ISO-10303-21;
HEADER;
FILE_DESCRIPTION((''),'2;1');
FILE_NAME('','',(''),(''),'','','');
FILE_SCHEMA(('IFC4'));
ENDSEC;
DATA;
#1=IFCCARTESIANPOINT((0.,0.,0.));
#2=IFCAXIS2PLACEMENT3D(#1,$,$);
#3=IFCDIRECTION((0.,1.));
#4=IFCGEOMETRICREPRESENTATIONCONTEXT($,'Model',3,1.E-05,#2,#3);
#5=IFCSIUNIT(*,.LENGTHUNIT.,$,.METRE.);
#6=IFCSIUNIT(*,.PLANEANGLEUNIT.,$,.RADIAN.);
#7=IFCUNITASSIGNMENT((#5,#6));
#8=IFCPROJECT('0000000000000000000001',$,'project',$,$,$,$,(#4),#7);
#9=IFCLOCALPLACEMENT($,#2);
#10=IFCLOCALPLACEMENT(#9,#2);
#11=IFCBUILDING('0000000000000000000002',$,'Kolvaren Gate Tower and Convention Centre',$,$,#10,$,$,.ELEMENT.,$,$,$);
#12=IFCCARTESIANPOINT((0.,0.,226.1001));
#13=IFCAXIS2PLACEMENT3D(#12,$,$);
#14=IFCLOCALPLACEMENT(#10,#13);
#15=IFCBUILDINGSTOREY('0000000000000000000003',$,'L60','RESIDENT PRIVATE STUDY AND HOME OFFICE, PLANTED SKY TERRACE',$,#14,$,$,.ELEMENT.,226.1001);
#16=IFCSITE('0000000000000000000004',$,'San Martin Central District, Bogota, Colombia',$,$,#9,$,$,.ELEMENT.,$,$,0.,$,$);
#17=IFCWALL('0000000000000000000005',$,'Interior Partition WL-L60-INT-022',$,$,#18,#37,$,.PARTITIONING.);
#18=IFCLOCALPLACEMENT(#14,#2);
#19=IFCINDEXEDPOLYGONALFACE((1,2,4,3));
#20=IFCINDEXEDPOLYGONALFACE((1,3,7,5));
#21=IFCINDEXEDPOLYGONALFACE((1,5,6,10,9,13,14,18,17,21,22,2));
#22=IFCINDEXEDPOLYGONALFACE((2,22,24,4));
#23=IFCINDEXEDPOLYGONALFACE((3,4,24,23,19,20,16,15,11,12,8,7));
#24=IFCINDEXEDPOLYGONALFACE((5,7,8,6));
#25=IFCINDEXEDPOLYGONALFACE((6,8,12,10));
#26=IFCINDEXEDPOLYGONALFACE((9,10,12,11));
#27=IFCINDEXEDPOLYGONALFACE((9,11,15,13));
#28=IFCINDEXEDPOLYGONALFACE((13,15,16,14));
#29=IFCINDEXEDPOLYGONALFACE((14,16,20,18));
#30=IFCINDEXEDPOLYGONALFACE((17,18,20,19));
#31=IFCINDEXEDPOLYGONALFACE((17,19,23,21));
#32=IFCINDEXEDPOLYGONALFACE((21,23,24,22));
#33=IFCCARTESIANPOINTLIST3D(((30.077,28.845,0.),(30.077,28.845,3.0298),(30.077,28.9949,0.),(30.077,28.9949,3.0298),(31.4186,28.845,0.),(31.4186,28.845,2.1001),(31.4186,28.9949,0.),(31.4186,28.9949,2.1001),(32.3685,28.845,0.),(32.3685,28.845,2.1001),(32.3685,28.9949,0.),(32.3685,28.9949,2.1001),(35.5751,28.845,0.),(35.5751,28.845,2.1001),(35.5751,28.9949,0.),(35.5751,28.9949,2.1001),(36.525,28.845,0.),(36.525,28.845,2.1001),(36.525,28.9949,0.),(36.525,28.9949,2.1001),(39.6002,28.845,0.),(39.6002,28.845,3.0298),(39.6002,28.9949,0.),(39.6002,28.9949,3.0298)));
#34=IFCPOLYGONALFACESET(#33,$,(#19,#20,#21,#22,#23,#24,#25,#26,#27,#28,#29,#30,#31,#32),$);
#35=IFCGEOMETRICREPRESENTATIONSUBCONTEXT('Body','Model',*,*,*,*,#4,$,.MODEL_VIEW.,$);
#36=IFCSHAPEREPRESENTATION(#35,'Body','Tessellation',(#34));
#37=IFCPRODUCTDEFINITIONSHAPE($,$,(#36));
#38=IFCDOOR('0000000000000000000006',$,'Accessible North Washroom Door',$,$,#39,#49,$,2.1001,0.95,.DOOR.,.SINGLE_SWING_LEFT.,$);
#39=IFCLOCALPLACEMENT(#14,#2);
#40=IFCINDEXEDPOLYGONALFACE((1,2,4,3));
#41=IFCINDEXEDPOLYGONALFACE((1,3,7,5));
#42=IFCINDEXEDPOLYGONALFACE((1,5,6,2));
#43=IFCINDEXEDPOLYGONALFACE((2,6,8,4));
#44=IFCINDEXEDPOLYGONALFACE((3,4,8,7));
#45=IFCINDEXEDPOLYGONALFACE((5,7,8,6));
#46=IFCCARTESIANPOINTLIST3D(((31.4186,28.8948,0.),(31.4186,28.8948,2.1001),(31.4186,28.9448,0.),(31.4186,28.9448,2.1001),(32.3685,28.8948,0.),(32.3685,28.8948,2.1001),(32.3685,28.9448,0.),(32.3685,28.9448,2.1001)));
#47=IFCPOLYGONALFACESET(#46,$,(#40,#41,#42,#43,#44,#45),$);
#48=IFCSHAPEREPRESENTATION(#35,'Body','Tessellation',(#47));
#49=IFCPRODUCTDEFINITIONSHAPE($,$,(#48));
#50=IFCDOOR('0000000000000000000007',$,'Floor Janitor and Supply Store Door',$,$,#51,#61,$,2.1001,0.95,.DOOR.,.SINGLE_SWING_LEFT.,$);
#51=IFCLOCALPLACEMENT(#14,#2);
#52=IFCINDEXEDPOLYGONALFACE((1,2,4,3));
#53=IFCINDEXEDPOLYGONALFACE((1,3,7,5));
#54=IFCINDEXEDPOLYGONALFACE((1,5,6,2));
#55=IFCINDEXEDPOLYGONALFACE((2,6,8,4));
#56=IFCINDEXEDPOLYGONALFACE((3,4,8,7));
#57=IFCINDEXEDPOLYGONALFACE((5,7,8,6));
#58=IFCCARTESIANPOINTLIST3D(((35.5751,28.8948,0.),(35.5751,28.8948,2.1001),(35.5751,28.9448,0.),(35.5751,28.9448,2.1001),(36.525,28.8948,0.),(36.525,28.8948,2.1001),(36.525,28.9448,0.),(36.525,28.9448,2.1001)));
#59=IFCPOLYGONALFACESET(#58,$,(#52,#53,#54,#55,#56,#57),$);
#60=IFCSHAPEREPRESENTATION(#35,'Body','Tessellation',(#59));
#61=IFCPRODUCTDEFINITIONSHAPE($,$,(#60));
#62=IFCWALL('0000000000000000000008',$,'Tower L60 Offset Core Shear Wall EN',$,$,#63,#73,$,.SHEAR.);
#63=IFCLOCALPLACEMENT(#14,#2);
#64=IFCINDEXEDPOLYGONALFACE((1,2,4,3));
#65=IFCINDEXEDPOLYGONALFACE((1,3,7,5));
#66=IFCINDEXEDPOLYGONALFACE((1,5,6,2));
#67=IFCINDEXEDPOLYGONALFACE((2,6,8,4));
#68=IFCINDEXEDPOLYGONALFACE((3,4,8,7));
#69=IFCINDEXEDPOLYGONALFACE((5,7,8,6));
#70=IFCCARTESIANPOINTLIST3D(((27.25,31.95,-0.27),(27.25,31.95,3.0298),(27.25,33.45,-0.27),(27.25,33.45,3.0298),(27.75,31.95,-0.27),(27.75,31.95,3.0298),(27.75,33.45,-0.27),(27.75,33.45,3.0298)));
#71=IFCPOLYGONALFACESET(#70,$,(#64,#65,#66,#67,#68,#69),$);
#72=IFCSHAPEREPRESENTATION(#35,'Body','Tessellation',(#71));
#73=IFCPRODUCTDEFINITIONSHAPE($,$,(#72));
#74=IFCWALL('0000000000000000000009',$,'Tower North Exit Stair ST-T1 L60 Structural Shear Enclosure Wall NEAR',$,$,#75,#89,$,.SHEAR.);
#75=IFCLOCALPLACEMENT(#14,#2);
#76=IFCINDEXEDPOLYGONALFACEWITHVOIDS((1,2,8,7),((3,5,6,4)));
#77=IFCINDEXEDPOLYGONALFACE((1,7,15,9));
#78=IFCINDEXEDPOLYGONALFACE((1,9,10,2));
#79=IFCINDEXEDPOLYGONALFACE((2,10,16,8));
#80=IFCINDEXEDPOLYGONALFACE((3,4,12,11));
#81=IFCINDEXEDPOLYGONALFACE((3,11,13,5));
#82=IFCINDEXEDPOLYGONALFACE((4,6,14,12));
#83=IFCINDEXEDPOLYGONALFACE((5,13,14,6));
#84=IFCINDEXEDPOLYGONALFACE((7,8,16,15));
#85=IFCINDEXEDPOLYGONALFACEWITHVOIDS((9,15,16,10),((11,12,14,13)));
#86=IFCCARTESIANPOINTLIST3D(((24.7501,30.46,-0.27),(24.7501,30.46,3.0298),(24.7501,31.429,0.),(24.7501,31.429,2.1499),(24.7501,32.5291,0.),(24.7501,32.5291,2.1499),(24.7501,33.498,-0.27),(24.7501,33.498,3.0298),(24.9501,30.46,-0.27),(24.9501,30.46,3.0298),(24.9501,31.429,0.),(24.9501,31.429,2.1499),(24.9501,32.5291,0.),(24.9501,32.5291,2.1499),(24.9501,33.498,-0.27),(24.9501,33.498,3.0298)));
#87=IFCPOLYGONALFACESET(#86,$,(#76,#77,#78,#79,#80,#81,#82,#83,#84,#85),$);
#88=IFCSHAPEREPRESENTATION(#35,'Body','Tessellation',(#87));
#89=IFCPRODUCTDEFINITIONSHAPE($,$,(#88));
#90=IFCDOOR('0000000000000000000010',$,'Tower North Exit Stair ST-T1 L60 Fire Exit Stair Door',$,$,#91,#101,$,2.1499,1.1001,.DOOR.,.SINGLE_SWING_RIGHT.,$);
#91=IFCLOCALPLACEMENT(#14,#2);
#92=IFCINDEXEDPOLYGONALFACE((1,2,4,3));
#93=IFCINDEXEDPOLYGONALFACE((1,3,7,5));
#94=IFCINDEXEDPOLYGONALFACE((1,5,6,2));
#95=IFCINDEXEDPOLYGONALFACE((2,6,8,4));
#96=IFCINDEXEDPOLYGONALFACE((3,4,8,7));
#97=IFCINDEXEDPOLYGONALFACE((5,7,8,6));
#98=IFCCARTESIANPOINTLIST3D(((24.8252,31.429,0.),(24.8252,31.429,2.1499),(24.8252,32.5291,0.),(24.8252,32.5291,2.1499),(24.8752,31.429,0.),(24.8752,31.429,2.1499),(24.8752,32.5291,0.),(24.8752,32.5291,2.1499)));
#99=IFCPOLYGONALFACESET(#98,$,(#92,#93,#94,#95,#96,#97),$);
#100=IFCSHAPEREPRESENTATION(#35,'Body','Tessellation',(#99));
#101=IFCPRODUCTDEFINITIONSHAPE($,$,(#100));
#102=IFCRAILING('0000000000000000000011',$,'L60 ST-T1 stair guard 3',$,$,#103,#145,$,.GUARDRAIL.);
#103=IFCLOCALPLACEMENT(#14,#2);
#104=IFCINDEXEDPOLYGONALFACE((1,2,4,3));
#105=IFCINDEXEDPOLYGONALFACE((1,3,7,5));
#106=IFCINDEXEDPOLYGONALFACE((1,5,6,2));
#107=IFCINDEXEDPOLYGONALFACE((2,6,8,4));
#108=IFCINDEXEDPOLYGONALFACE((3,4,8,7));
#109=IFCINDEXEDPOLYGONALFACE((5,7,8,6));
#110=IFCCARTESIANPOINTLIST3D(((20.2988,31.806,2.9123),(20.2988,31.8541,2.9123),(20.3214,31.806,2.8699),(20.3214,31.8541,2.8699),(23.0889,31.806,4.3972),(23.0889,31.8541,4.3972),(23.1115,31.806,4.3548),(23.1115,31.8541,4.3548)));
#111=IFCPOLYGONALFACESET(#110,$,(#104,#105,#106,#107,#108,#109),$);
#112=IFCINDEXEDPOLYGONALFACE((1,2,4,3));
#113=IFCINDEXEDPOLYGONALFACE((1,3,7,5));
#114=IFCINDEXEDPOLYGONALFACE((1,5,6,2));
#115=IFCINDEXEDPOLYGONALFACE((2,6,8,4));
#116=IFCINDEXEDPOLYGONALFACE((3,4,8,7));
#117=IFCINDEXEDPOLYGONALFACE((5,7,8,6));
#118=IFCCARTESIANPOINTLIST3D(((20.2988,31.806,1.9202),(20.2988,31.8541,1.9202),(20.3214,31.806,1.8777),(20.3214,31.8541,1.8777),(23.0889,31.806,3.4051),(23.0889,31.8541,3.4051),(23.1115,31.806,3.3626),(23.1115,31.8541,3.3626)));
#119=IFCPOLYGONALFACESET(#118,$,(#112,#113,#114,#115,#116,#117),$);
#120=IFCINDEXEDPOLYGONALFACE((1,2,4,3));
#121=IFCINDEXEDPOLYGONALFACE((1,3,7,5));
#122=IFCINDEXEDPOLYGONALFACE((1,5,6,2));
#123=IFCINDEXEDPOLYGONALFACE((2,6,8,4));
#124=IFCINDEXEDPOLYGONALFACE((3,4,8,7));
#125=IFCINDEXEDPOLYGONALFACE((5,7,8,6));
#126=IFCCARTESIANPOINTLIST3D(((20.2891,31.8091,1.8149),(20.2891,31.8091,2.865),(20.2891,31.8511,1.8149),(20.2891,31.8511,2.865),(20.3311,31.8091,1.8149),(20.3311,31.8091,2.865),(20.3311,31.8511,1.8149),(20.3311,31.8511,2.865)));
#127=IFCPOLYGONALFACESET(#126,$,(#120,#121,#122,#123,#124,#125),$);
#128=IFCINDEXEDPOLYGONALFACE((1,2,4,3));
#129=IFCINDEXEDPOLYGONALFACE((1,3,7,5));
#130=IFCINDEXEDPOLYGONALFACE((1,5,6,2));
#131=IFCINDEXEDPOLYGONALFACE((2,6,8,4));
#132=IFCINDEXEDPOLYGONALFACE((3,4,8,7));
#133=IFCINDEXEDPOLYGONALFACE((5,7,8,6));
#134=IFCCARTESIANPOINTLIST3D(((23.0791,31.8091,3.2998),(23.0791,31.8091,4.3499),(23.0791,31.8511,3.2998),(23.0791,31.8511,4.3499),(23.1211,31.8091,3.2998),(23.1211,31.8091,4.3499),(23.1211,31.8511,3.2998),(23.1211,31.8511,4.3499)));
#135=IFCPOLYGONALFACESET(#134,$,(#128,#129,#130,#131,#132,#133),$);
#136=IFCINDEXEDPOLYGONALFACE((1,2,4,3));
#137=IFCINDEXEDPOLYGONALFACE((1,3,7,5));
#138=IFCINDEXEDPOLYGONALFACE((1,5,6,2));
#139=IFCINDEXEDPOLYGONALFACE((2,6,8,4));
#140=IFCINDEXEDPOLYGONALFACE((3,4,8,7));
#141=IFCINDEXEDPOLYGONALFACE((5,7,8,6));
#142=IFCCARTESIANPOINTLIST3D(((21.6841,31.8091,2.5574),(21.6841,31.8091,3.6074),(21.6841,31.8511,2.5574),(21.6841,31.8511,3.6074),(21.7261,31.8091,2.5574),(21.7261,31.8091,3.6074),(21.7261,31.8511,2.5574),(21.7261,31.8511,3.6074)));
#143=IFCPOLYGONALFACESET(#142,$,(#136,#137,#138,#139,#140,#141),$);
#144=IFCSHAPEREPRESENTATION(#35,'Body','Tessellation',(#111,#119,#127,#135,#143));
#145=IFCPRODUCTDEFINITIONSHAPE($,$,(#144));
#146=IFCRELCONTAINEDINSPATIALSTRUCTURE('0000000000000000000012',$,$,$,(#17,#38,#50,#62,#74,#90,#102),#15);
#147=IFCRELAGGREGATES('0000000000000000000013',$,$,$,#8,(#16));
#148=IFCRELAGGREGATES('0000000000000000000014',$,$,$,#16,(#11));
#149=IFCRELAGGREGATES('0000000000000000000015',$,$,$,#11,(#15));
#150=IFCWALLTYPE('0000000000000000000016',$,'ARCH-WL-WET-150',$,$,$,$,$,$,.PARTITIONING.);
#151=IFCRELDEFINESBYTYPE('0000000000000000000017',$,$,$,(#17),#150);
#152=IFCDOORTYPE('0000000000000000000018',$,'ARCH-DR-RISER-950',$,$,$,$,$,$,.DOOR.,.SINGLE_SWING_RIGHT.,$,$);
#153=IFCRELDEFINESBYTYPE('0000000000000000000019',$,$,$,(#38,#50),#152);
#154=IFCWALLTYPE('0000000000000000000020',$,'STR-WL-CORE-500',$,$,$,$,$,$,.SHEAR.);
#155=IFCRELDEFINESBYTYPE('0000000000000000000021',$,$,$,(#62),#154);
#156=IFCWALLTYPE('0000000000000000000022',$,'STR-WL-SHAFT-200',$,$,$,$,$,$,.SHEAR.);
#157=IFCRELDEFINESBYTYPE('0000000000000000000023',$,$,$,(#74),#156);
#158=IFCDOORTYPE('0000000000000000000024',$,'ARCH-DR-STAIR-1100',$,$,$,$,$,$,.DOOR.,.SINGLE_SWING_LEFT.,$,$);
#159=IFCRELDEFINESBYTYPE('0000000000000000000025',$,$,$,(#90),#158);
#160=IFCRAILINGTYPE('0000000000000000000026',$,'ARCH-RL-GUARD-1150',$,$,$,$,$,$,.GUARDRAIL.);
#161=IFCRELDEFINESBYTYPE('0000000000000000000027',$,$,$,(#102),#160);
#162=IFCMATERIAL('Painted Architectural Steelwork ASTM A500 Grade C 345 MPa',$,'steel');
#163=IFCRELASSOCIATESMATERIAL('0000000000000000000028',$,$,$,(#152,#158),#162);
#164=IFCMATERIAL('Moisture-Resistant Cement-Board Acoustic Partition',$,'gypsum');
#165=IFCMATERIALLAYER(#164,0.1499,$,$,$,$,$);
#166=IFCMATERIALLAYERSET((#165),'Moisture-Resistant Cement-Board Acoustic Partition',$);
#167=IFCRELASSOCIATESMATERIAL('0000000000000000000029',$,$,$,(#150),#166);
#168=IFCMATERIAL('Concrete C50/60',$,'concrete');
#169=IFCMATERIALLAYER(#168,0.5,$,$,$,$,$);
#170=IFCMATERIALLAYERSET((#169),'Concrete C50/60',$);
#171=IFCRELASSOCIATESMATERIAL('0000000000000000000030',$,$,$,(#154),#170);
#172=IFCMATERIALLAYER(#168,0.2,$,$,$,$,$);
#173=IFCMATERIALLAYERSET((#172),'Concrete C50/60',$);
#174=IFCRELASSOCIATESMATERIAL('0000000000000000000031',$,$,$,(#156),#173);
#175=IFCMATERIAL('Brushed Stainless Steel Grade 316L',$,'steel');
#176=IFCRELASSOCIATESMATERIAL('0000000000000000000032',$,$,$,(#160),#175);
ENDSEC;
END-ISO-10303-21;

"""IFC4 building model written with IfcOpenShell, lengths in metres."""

from ifc_helpers import new_model, si_unit, direction, frame, frame_2d, origin, origin_2d, place, context, subcontext, project, spatial, rectangle, extrude, material, layer, layer_set, type_object, element, fill, save


model = new_model("IFC4")

# Units and contexts
model_context = context("Model", 3, precision=1e-05, world=origin(), true_north=direction((0.0, 1.0)))
body_context = subcontext(model_context, "Body", "Model", "MODEL_VIEW")
ifc_project = project(units=[si_unit("LENGTHUNIT", "METRE"), si_unit("PLANEANGLEUNIT", "RADIAN")], contexts=[model_context])

# Site, building, storey
site_placement = place(None, origin())
site = spatial("IfcSite", under=ifc_project, at=site_placement, Name="San Martin Central District, Bogota, Colombia", CompositionType="ELEMENT", RefElevation=0.0)
building_placement = place(site_placement, origin())
building = spatial("IfcBuilding", under=site, at=building_placement, Name="Kolvaren Gate Tower and Convention Centre", CompositionType="ELEMENT")
storey_placement = place(building_placement, frame((0.0, 0.0, 226.1001)))
storey = spatial("IfcBuildingStorey", under=building, at=storey_placement, Name="L60", Description="RESIDENT PRIVATE STUDY AND HOME OFFICE, PLANTED SKY TERRACE", CompositionType="ELEMENT", Elevation=226.1001)

# Shared definitions
ifc_material_1 = material(Name="Painted Architectural Steelwork ASTM A500 Grade C 345 MPa", Category="steel")
door_type_1 = type_object("IfcDoorType", Name="ARCH-DR-RISER-950", OperationType="SINGLE_SWING_RIGHT", PredefinedType="DOOR", material=ifc_material_1)

# Shared definitions
ifc_material_2 = material(Name="Brushed Stainless Steel Grade 316L", Category="steel")

# Shared definitions
ifc_material_3 = material(Name="Moisture-Resistant Cement-Board Acoustic Partition", Category="gypsum")
ifc_layer_1 = layer(ifc_material_3, 0.1499)
ifc_layer_set_1 = layer_set([ifc_layer_1], Name="Moisture-Resistant Cement-Board Acoustic Partition")
wall_type_1 = type_object("IfcWallType", Name="ARCH-WL-WET-150", PredefinedType="PARTITIONING", material=ifc_layer_set_1)

# Wall, openings, doors
wall_1_placement = place(storey_placement, frame((30.0769, 28.9199, 0.0), z_axis=(0.0, 0.0, 1.0), x_axis=(1.0, 0.0, 0.0)))
wall_1 = element("IfcWall", 1, at=wall_1_placement, inside=storey, type_object=wall_type_1, Name="Interior Partition WL-L60-INT-022", PredefinedType="PARTITIONING", context=body_context, shape_type="SweptSolid", body=[
    extrude(rectangle(XDim=9.5232, YDim=0.1499, at=frame_2d((4.7617, 0.0))), origin(), (0.0, 0.0, 1.0), 3.0298),
])
opening_1_placement = place(wall_1_placement, frame((1.3416, 0.0, 0.0)))
opening_1 = element("IfcOpeningElement", 2, at=opening_1_placement, cuts=wall_1, PredefinedType="OPENING", context=body_context, shape_type="SweptSolid", body=[
    extrude(rectangle(XDim=0.95, YDim=2.1001, at=frame_2d((0.4751, 1.05))), frame((0.0, 0.085, 0.0), z_axis=(0.0, -1.0, 0.0), x_axis=(1.0, 0.0, 0.0)), (0.0, 0.0, 1.0), 0.1699),
])
opening_2_placement = place(wall_1_placement, frame((5.498, 0.0, 0.0)))
opening_2 = element("IfcOpeningElement", 3, at=opening_2_placement, cuts=wall_1, PredefinedType="OPENING", context=body_context, shape_type="SweptSolid", body=[
    extrude(rectangle(XDim=0.95, YDim=2.1001, at=frame_2d((0.4751, 1.05))), frame((0.0, 0.085, 0.0), z_axis=(0.0, -1.0, 0.0), x_axis=(1.0, 0.0, 0.0)), (0.0, 0.0, 1.0), 0.1699),
])
door_1_placement = place(opening_1_placement, origin())
door_1 = element("IfcDoor", 4, at=door_1_placement, inside=storey, type_object=door_type_1, Name="Accessible North Washroom Door", OperationType="SINGLE_SWING_LEFT", OverallHeight=2.1001, OverallWidth=0.95, PredefinedType="DOOR", context=body_context, shape_type="SweptSolid", body=[
    extrude(rectangle(XDim=0.95, YDim=2.1001, at=frame_2d((0.4751, 1.05))), frame((0.0, 0.0249, 0.0), z_axis=(0.0, -1.0, 0.0), x_axis=(1.0, 0.0, 0.0)), (0.0, 0.0, 1.0), 0.05),
])
fill(opening_1, door_1)
door_2_placement = place(opening_2_placement, origin())
door_2 = element("IfcDoor", 5, at=door_2_placement, inside=storey, type_object=door_type_1, Name="Floor Janitor and Supply Store Door", OperationType="SINGLE_SWING_LEFT", OverallHeight=2.1001, OverallWidth=0.95, PredefinedType="DOOR", context=body_context, shape_type="SweptSolid", body=[
    extrude(rectangle(XDim=0.95, YDim=2.1001, at=frame_2d((0.4751, 1.05))), frame((0.0, 0.0249, 0.0), z_axis=(0.0, -1.0, 0.0), x_axis=(1.0, 0.0, 0.0)), (0.0, 0.0, 1.0), 0.05),
])
fill(opening_2, door_2)

# Wall
ifc_material_4 = material(Name="Concrete C50/60", Category="concrete")
ifc_layer_2 = layer(ifc_material_4, 0.5)
ifc_layer_set_2 = layer_set([ifc_layer_2], Name="Concrete C50/60")
wall_type_2 = type_object("IfcWallType", Name="STR-WL-CORE-500", PredefinedType="SHEAR", material=ifc_layer_set_2)
wall_2_placement = place(storey_placement, frame((27.5, 31.95, -0.27), z_axis=(0.0, 0.0, 1.0), x_axis=(0.0, 1.0, 0.0)))
element("IfcWall", 6, at=wall_2_placement, inside=storey, type_object=wall_type_2, Name="Tower L60 Offset Core Shear Wall EN", PredefinedType="SHEAR", context=body_context, shape_type="SweptSolid", body=[
    extrude(rectangle(XDim=1.5, YDim=0.5, at=frame_2d((0.75, 0.0))), origin(), (0.0, 0.0, 1.0), 3.2998),
])

# Wall, opening, door
ifc_layer_3 = layer(ifc_material_4, 0.2)
ifc_layer_set_3 = layer_set([ifc_layer_3], Name="Concrete C50/60")
wall_type_3 = type_object("IfcWallType", Name="STR-WL-SHAFT-200", PredefinedType="SHEAR", material=ifc_layer_set_3)
wall_3_placement = place(storey_placement, frame((24.8501, 30.46, -0.27), z_axis=(0.0, 0.0, 1.0), x_axis=(0.0, 1.0, 0.0)))
wall_3 = element("IfcWall", 7, at=wall_3_placement, inside=storey, type_object=wall_type_3, Name="Tower North Exit Stair ST-T1 L60 Structural Shear Enclosure Wall NEAR", PredefinedType="SHEAR", context=body_context, shape_type="SweptSolid", body=[
    extrude(rectangle(XDim=3.0381, YDim=0.2, at=frame_2d((1.519, 0.0))), origin(), (0.0, 0.0, 1.0), 3.2998),
])
opening_3_placement = place(wall_3_placement, frame((0.969, 0.0, 0.27)))
opening_3 = element("IfcOpeningElement", 8, at=opening_3_placement, cuts=wall_3, PredefinedType="OPENING", context=body_context, shape_type="SweptSolid", body=[
    extrude(rectangle(XDim=1.1001, YDim=2.1499, at=frame_2d((0.55, 1.075))), frame((0.0, 0.1099, 0.0), z_axis=(0.0, -1.0, 0.0), x_axis=(1.0, 0.0, 0.0)), (0.0, 0.0, 1.0), 0.22),
])
door_type_2 = type_object("IfcDoorType", Name="ARCH-DR-STAIR-1100", OperationType="SINGLE_SWING_LEFT", PredefinedType="DOOR", material=ifc_material_1)
door_3_placement = place(opening_3_placement, origin())
door_3 = element("IfcDoor", 9, at=door_3_placement, inside=storey, type_object=door_type_2, Name="Tower North Exit Stair ST-T1 L60 Fire Exit Stair Door", OperationType="SINGLE_SWING_RIGHT", OverallHeight=2.1499, OverallWidth=1.1001, PredefinedType="DOOR", context=body_context, shape_type="SweptSolid", body=[
    extrude(rectangle(XDim=1.1001, YDim=2.1499, at=frame_2d((0.55, 1.075))), frame((0.0, 0.0249, 0.0), z_axis=(0.0, -1.0, 0.0), x_axis=(1.0, 0.0, 0.0)), (0.0, 0.0, 1.0), 0.05),
])
fill(opening_3, door_3)

# Railing
railing_type = type_object("IfcRailingType", Name="ARCH-RL-GUARD-1150", PredefinedType="GUARDRAIL", material=ifc_material_2)
railing_placement = place(storey_placement, frame((20.3101, 31.8301, 1.8149)))
element("IfcRailing", 10, at=railing_placement, inside=storey, type_object=railing_type, Name="L60 ST-T1 stair guard 3", PredefinedType="GUARDRAIL", context=body_context, shape_type="SweptSolid", body=[
    extrude(rectangle(XDim=0.0481, YDim=0.0481, at=origin_2d()), frame((0.0, 0.0, 1.0762), z_axis=(0.882767, 0.0, 0.46981), x_axis=(0.0, 1.0, 0.0)), (0.0, 0.0, 1.0), 3.1606),
    extrude(rectangle(XDim=0.0481, YDim=0.0481, at=origin_2d()), frame((0.0, 0.0, 0.084), z_axis=(0.882767, 0.0, 0.46981), x_axis=(0.0, 1.0, 0.0)), (0.0, 0.0, 1.0), 3.1606),
    extrude(rectangle(XDim=0.042, YDim=0.042, at=origin_2d()), origin(), (0.0, 0.0, 1.0), 1.05),
    extrude(rectangle(XDim=0.042, YDim=0.042, at=origin_2d()), frame((2.79, 0.0, 1.4849)), (0.0, 0.0, 1.0), 1.05),
    extrude(rectangle(XDim=0.042, YDim=0.042, at=origin_2d()), frame((1.395, 0.0, 0.7424)), (0.0, 0.0, 1.0), 1.05),
])

save(model, "model.ifc")
